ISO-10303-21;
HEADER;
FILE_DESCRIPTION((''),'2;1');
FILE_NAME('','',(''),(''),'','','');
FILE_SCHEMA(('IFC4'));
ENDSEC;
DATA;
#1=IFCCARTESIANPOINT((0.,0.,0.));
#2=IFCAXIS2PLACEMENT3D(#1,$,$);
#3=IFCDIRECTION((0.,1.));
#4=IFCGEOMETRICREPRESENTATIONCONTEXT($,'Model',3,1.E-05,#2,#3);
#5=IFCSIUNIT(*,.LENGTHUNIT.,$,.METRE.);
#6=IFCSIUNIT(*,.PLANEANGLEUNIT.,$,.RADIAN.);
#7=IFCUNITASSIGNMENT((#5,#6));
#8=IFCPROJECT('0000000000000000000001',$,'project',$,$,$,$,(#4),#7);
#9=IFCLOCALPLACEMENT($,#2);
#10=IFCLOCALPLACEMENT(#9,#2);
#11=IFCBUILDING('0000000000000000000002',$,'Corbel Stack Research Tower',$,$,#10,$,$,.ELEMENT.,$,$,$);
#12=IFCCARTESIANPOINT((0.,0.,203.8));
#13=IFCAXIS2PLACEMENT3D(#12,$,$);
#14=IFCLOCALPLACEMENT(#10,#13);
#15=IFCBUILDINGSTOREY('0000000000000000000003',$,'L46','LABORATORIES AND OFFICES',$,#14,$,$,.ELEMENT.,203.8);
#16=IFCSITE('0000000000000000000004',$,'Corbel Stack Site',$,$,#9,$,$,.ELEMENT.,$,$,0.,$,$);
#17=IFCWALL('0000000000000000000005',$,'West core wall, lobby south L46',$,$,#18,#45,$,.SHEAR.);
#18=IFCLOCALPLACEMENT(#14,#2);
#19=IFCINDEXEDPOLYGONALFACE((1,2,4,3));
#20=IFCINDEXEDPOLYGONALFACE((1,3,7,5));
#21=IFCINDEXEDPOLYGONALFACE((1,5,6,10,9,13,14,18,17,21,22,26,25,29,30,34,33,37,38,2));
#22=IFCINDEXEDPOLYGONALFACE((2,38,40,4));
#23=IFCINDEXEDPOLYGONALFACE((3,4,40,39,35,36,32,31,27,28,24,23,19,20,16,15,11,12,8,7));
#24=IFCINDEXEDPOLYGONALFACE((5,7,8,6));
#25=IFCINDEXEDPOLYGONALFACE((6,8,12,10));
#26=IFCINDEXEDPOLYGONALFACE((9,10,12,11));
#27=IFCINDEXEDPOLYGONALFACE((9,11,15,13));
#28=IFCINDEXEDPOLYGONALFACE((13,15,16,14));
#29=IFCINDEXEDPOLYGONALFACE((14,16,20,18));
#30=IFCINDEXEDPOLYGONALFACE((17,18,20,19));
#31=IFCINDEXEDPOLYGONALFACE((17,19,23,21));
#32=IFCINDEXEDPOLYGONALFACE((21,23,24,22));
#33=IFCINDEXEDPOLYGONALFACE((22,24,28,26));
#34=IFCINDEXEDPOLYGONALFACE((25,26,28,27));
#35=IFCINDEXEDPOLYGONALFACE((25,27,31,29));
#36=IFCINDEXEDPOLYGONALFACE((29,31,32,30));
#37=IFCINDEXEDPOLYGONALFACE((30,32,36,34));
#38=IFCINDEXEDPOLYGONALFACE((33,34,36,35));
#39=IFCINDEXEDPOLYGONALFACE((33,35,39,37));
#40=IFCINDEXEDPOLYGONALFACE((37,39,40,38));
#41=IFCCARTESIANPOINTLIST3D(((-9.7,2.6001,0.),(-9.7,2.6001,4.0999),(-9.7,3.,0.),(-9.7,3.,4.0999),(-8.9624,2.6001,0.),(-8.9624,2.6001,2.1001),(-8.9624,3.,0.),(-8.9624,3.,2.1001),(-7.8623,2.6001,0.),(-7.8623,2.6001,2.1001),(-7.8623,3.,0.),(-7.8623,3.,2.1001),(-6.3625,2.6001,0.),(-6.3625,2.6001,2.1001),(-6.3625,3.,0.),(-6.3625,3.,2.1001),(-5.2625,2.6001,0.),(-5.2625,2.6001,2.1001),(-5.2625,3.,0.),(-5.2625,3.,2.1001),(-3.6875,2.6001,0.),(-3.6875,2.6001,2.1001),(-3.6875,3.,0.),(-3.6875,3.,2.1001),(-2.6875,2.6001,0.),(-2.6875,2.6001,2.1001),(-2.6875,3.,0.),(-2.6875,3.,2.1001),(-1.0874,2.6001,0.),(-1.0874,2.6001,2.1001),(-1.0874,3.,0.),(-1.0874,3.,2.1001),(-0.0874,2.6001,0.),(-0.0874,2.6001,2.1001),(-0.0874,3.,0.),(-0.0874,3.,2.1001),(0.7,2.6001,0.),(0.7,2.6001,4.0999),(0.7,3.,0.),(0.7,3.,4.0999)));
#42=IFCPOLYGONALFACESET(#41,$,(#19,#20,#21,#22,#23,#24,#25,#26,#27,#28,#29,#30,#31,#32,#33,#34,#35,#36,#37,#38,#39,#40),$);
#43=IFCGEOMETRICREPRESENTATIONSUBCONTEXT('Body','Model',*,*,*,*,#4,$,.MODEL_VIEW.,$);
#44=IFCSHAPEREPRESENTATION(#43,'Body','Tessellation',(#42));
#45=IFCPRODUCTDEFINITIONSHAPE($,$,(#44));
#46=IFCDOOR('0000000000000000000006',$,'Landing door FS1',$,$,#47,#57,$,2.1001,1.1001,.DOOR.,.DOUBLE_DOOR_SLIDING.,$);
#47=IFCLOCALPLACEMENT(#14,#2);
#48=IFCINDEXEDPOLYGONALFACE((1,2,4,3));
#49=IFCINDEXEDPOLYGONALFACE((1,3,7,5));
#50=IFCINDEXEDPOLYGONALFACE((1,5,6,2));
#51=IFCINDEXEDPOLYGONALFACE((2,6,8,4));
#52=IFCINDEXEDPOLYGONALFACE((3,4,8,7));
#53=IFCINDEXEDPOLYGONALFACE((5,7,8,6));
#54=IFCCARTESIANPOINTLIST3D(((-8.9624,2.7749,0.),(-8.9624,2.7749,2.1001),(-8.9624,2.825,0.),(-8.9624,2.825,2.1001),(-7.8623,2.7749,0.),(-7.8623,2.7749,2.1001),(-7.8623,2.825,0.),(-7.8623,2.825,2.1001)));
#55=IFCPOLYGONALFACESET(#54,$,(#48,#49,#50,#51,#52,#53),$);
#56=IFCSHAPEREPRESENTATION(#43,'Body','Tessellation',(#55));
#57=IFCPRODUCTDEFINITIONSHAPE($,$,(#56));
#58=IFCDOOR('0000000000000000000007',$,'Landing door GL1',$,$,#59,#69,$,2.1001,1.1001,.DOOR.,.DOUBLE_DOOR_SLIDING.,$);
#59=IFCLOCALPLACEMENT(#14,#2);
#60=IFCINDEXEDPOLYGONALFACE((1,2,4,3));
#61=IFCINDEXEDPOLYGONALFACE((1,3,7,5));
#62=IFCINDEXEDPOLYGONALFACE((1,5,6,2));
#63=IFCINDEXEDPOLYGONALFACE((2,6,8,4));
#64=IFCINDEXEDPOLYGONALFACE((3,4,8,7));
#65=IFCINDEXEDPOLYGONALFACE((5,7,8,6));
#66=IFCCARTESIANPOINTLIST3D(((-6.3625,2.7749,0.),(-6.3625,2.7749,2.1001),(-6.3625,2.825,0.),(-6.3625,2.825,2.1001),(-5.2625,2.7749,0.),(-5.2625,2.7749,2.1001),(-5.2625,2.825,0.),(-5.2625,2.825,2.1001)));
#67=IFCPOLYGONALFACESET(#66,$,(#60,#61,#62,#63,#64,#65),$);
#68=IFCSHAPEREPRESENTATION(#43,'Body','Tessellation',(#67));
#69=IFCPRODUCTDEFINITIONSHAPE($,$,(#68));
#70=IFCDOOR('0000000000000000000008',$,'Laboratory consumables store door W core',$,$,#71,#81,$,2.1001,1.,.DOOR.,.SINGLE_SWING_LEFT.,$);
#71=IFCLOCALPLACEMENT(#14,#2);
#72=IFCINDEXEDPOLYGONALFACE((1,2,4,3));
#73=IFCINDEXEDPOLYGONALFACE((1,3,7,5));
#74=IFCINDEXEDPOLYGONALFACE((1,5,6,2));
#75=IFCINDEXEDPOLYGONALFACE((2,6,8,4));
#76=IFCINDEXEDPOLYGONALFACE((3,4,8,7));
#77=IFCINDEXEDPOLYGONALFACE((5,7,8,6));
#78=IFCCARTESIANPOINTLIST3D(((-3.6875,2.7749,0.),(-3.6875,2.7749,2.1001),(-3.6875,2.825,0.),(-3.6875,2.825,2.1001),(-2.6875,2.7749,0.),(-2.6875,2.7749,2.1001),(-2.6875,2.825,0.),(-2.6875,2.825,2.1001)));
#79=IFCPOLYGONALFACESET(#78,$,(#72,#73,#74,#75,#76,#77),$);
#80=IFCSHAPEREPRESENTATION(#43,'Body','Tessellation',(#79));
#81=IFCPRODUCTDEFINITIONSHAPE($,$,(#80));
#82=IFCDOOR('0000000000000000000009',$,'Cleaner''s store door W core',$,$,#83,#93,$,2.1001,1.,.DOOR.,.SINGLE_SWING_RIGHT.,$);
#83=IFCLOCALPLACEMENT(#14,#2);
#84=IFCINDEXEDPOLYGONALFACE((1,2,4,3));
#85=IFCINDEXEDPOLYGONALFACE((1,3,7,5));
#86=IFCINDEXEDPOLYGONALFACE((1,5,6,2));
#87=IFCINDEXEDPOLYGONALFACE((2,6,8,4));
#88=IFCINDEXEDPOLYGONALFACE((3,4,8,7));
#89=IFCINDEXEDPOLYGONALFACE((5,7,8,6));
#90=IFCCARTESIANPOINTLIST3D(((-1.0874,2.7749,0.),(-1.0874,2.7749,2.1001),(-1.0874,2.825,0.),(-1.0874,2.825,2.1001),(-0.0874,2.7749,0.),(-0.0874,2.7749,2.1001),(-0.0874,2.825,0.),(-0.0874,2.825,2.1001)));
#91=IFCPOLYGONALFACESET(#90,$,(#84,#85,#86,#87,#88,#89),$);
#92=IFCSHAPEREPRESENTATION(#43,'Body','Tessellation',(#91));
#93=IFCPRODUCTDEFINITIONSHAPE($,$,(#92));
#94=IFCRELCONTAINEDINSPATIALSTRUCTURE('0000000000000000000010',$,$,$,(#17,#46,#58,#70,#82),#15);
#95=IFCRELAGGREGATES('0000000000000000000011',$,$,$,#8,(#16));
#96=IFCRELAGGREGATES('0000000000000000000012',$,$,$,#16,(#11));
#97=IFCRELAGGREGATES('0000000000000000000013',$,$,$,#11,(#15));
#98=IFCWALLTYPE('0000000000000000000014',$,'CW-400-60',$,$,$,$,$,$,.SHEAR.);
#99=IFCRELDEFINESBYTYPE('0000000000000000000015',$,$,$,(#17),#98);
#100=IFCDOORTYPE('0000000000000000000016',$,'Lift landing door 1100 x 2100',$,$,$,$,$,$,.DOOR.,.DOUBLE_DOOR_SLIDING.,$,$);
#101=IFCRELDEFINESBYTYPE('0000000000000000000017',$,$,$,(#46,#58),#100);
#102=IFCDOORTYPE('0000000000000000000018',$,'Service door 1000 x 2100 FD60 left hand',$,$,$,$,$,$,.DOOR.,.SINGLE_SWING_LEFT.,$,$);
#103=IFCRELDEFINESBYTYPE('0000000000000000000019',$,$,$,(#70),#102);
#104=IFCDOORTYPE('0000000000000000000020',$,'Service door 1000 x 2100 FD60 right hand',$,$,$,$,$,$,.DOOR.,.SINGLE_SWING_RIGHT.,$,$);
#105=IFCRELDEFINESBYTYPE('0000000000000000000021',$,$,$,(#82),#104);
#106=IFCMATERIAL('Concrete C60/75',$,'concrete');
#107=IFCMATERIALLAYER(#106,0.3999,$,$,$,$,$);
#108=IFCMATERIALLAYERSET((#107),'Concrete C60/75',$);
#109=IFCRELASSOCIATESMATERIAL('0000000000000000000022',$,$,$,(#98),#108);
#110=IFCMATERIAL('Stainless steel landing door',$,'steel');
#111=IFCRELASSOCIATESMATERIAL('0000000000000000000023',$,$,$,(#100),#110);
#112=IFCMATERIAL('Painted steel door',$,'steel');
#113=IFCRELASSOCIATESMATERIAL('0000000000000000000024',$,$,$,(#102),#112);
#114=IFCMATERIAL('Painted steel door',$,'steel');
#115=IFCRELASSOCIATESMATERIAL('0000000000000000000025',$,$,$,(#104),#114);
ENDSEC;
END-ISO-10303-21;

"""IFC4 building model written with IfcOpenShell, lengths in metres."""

from ifc_helpers import new_model, si_unit, direction, frame, frame_2d, origin, place, context, subcontext, project, spatial, rectangle, extrude, material, layer, layer_set, type_object, element, fill, save


model = new_model("IFC4")

# Units and contexts
model_context = context("Model", 3, precision=1e-05, world=origin(), true_north=direction((0.0, 1.0)))
body_context = subcontext(model_context, "Body", "Model", "MODEL_VIEW")
ifc_project = project(units=[si_unit("LENGTHUNIT", "METRE"), si_unit("PLANEANGLEUNIT", "RADIAN")], contexts=[model_context])

# Site, building, storey
site_placement = place(None, origin())
site = spatial("IfcSite", under=ifc_project, at=site_placement, Name="Corbel Stack Site", CompositionType="ELEMENT", RefElevation=0.0)
building_placement = place(site_placement, origin())
building = spatial("IfcBuilding", under=site, at=building_placement, Name="Corbel Stack Research Tower", CompositionType="ELEMENT")
storey_placement = place(building_placement, frame((0.0, 0.0, 203.8)))
storey = spatial("IfcBuildingStorey", under=building, at=storey_placement, Name="L46", Description="LABORATORIES AND OFFICES", CompositionType="ELEMENT", Elevation=203.8)

# Wall, openings, doors
ifc_material_1 = material(Name="Concrete C60/75", Category="concrete")
ifc_layer_1 = layer(ifc_material_1, 0.3999)
ifc_layer_set_1 = layer_set([ifc_layer_1], Name="Concrete C60/75")
wall_type_1 = type_object("IfcWallType", Name="CW-400-60", PredefinedType="SHEAR", material=ifc_layer_set_1)
wall_1_placement = place(storey_placement, frame((-9.7, 2.8, 0.0), z_axis=(0.0, 0.0, 1.0), x_axis=(1.0, 0.0, 0.0)))
wall_1 = element("IfcWall", 1, at=wall_1_placement, inside=storey, type_object=wall_type_1, Name="West core wall, lobby south L46", PredefinedType="SHEAR", context=body_context, shape_type="SweptSolid", body=[
    extrude(rectangle(XDim=10.3999, YDim=0.3999, at=frame_2d((5.2, 0.0))), origin(), (0.0, 0.0, 1.0), 4.0999),
])
opening_1_placement = place(wall_1_placement, frame((0.7375, 0.0, 0.0)))
opening_1 = element("IfcOpeningElement", 2, at=opening_1_placement, cuts=wall_1, PredefinedType="OPENING", context=body_context, shape_type="SweptSolid", body=[
    extrude(rectangle(XDim=1.1001, YDim=2.1001, at=frame_2d((0.55, 1.05))), frame((0.0, 0.21, 0.0), z_axis=(0.0, -1.0, 0.0), x_axis=(1.0, 0.0, 0.0)), (0.0, 0.0, 1.0), 0.4199),
])
opening_2_placement = place(wall_1_placement, frame((3.3374, 0.0, 0.0)))
opening_2 = element("IfcOpeningElement", 3, at=opening_2_placement, cuts=wall_1, PredefinedType="OPENING", context=body_context, shape_type="SweptSolid", body=[
    extrude(rectangle(XDim=1.1001, YDim=2.1001, at=frame_2d((0.55, 1.05))), frame((0.0, 0.21, 0.0), z_axis=(0.0, -1.0, 0.0), x_axis=(1.0, 0.0, 0.0)), (0.0, 0.0, 1.0), 0.4199),
])
opening_3_placement = place(wall_1_placement, frame((6.0125, 0.0, 0.0)))
opening_3 = element("IfcOpeningElement", 4, at=opening_3_placement, cuts=wall_1, PredefinedType="OPENING", context=body_context, shape_type="SweptSolid", body=[
    extrude(rectangle(XDim=1.0, YDim=2.1001, at=frame_2d((0.5, 1.05))), frame((0.0, 0.21, 0.0), z_axis=(0.0, -1.0, 0.0), x_axis=(1.0, 0.0, 0.0)), (0.0, 0.0, 1.0), 0.4199),
])
opening_4_placement = place(wall_1_placement, frame((8.6125, 0.0, 0.0)))
opening_4 = element("IfcOpeningElement", 5, at=opening_4_placement, cuts=wall_1, PredefinedType="OPENING", context=body_context, shape_type="SweptSolid", body=[
    extrude(rectangle(XDim=1.0, YDim=2.1001, at=frame_2d((0.5, 1.05))), frame((0.0, 0.21, 0.0), z_axis=(0.0, -1.0, 0.0), x_axis=(1.0, 0.0, 0.0)), (0.0, 0.0, 1.0), 0.4199),
])
ifc_material_2 = material(Name="Stainless steel landing door", Category="steel")
door_type_1 = type_object("IfcDoorType", Name="Lift landing door 1100 x 2100", OperationType="DOUBLE_DOOR_SLIDING", PredefinedType="DOOR", material=ifc_material_2)
door_1_placement = place(opening_1_placement, origin())
door_1 = element("IfcDoor", 6, at=door_1_placement, inside=storey, type_object=door_type_1, Name="Landing door FS1", OperationType="DOUBLE_DOOR_SLIDING", OverallHeight=2.1001, OverallWidth=1.1001, PredefinedType="DOOR", context=body_context, shape_type="SweptSolid", body=[
    extrude(rectangle(XDim=1.1001, YDim=2.1001, at=frame_2d((0.55, 1.05))), frame((0.0, 0.0249, 0.0), z_axis=(0.0, -1.0, 0.0), x_axis=(1.0, 0.0, 0.0)), (0.0, 0.0, 1.0), 0.05),
])
fill(opening_1, door_1)
door_2_placement = place(opening_2_placement, origin())
door_2 = element("IfcDoor", 7, at=door_2_placement, inside=storey, type_object=door_type_1, Name="Landing door GL1", OperationType="DOUBLE_DOOR_SLIDING", OverallHeight=2.1001, OverallWidth=1.1001, PredefinedType="DOOR", context=body_context, shape_type="SweptSolid", body=[
    extrude(rectangle(XDim=1.1001, YDim=2.1001, at=frame_2d((0.55, 1.05))), frame((0.0, 0.0249, 0.0), z_axis=(0.0, -1.0, 0.0), x_axis=(1.0, 0.0, 0.0)), (0.0, 0.0, 1.0), 0.05),
])
fill(opening_2, door_2)
ifc_material_3 = material(Name="Painted steel door", Category="steel")
door_type_2 = type_object("IfcDoorType", Name="Service door 1000 x 2100 FD60 left hand", OperationType="SINGLE_SWING_LEFT", PredefinedType="DOOR", material=ifc_material_3)
door_3_placement = place(opening_3_placement, origin())
door_3 = element("IfcDoor", 8, at=door_3_placement, inside=storey, type_object=door_type_2, Name="Laboratory consumables store door W core", OperationType="SINGLE_SWING_LEFT", OverallHeight=2.1001, OverallWidth=1.0, PredefinedType="DOOR", context=body_context, shape_type="SweptSolid", body=[
    extrude(rectangle(XDim=1.0, YDim=2.1001, at=frame_2d((0.5, 1.05))), frame((0.0, 0.0249, 0.0), z_axis=(0.0, -1.0, 0.0), x_axis=(1.0, 0.0, 0.0)), (0.0, 0.0, 1.0), 0.05),
])
fill(opening_3, door_3)
ifc_material_4 = material(Name="Painted steel door", Category="steel")
door_type_3 = type_object("IfcDoorType", Name="Service door 1000 x 2100 FD60 right hand", OperationType="SINGLE_SWING_RIGHT", PredefinedType="DOOR", material=ifc_material_4)
door_4_placement = place(opening_4_placement, origin())
door_4 = element("IfcDoor", 9, at=door_4_placement, inside=storey, type_object=door_type_3, Name="Cleaner's store door W core", OperationType="SINGLE_SWING_RIGHT", OverallHeight=2.1001, OverallWidth=1.0, PredefinedType="DOOR", context=body_context, shape_type="SweptSolid", body=[
    extrude(rectangle(XDim=1.0, YDim=2.1001, at=frame_2d((0.5, 1.05))), frame((0.0, 0.0249, 0.0), z_axis=(0.0, -1.0, 0.0), x_axis=(1.0, 0.0, 0.0)), (0.0, 0.0, 1.0), 0.05),
])
fill(opening_4, door_4)

save(model, "model.ifc")
